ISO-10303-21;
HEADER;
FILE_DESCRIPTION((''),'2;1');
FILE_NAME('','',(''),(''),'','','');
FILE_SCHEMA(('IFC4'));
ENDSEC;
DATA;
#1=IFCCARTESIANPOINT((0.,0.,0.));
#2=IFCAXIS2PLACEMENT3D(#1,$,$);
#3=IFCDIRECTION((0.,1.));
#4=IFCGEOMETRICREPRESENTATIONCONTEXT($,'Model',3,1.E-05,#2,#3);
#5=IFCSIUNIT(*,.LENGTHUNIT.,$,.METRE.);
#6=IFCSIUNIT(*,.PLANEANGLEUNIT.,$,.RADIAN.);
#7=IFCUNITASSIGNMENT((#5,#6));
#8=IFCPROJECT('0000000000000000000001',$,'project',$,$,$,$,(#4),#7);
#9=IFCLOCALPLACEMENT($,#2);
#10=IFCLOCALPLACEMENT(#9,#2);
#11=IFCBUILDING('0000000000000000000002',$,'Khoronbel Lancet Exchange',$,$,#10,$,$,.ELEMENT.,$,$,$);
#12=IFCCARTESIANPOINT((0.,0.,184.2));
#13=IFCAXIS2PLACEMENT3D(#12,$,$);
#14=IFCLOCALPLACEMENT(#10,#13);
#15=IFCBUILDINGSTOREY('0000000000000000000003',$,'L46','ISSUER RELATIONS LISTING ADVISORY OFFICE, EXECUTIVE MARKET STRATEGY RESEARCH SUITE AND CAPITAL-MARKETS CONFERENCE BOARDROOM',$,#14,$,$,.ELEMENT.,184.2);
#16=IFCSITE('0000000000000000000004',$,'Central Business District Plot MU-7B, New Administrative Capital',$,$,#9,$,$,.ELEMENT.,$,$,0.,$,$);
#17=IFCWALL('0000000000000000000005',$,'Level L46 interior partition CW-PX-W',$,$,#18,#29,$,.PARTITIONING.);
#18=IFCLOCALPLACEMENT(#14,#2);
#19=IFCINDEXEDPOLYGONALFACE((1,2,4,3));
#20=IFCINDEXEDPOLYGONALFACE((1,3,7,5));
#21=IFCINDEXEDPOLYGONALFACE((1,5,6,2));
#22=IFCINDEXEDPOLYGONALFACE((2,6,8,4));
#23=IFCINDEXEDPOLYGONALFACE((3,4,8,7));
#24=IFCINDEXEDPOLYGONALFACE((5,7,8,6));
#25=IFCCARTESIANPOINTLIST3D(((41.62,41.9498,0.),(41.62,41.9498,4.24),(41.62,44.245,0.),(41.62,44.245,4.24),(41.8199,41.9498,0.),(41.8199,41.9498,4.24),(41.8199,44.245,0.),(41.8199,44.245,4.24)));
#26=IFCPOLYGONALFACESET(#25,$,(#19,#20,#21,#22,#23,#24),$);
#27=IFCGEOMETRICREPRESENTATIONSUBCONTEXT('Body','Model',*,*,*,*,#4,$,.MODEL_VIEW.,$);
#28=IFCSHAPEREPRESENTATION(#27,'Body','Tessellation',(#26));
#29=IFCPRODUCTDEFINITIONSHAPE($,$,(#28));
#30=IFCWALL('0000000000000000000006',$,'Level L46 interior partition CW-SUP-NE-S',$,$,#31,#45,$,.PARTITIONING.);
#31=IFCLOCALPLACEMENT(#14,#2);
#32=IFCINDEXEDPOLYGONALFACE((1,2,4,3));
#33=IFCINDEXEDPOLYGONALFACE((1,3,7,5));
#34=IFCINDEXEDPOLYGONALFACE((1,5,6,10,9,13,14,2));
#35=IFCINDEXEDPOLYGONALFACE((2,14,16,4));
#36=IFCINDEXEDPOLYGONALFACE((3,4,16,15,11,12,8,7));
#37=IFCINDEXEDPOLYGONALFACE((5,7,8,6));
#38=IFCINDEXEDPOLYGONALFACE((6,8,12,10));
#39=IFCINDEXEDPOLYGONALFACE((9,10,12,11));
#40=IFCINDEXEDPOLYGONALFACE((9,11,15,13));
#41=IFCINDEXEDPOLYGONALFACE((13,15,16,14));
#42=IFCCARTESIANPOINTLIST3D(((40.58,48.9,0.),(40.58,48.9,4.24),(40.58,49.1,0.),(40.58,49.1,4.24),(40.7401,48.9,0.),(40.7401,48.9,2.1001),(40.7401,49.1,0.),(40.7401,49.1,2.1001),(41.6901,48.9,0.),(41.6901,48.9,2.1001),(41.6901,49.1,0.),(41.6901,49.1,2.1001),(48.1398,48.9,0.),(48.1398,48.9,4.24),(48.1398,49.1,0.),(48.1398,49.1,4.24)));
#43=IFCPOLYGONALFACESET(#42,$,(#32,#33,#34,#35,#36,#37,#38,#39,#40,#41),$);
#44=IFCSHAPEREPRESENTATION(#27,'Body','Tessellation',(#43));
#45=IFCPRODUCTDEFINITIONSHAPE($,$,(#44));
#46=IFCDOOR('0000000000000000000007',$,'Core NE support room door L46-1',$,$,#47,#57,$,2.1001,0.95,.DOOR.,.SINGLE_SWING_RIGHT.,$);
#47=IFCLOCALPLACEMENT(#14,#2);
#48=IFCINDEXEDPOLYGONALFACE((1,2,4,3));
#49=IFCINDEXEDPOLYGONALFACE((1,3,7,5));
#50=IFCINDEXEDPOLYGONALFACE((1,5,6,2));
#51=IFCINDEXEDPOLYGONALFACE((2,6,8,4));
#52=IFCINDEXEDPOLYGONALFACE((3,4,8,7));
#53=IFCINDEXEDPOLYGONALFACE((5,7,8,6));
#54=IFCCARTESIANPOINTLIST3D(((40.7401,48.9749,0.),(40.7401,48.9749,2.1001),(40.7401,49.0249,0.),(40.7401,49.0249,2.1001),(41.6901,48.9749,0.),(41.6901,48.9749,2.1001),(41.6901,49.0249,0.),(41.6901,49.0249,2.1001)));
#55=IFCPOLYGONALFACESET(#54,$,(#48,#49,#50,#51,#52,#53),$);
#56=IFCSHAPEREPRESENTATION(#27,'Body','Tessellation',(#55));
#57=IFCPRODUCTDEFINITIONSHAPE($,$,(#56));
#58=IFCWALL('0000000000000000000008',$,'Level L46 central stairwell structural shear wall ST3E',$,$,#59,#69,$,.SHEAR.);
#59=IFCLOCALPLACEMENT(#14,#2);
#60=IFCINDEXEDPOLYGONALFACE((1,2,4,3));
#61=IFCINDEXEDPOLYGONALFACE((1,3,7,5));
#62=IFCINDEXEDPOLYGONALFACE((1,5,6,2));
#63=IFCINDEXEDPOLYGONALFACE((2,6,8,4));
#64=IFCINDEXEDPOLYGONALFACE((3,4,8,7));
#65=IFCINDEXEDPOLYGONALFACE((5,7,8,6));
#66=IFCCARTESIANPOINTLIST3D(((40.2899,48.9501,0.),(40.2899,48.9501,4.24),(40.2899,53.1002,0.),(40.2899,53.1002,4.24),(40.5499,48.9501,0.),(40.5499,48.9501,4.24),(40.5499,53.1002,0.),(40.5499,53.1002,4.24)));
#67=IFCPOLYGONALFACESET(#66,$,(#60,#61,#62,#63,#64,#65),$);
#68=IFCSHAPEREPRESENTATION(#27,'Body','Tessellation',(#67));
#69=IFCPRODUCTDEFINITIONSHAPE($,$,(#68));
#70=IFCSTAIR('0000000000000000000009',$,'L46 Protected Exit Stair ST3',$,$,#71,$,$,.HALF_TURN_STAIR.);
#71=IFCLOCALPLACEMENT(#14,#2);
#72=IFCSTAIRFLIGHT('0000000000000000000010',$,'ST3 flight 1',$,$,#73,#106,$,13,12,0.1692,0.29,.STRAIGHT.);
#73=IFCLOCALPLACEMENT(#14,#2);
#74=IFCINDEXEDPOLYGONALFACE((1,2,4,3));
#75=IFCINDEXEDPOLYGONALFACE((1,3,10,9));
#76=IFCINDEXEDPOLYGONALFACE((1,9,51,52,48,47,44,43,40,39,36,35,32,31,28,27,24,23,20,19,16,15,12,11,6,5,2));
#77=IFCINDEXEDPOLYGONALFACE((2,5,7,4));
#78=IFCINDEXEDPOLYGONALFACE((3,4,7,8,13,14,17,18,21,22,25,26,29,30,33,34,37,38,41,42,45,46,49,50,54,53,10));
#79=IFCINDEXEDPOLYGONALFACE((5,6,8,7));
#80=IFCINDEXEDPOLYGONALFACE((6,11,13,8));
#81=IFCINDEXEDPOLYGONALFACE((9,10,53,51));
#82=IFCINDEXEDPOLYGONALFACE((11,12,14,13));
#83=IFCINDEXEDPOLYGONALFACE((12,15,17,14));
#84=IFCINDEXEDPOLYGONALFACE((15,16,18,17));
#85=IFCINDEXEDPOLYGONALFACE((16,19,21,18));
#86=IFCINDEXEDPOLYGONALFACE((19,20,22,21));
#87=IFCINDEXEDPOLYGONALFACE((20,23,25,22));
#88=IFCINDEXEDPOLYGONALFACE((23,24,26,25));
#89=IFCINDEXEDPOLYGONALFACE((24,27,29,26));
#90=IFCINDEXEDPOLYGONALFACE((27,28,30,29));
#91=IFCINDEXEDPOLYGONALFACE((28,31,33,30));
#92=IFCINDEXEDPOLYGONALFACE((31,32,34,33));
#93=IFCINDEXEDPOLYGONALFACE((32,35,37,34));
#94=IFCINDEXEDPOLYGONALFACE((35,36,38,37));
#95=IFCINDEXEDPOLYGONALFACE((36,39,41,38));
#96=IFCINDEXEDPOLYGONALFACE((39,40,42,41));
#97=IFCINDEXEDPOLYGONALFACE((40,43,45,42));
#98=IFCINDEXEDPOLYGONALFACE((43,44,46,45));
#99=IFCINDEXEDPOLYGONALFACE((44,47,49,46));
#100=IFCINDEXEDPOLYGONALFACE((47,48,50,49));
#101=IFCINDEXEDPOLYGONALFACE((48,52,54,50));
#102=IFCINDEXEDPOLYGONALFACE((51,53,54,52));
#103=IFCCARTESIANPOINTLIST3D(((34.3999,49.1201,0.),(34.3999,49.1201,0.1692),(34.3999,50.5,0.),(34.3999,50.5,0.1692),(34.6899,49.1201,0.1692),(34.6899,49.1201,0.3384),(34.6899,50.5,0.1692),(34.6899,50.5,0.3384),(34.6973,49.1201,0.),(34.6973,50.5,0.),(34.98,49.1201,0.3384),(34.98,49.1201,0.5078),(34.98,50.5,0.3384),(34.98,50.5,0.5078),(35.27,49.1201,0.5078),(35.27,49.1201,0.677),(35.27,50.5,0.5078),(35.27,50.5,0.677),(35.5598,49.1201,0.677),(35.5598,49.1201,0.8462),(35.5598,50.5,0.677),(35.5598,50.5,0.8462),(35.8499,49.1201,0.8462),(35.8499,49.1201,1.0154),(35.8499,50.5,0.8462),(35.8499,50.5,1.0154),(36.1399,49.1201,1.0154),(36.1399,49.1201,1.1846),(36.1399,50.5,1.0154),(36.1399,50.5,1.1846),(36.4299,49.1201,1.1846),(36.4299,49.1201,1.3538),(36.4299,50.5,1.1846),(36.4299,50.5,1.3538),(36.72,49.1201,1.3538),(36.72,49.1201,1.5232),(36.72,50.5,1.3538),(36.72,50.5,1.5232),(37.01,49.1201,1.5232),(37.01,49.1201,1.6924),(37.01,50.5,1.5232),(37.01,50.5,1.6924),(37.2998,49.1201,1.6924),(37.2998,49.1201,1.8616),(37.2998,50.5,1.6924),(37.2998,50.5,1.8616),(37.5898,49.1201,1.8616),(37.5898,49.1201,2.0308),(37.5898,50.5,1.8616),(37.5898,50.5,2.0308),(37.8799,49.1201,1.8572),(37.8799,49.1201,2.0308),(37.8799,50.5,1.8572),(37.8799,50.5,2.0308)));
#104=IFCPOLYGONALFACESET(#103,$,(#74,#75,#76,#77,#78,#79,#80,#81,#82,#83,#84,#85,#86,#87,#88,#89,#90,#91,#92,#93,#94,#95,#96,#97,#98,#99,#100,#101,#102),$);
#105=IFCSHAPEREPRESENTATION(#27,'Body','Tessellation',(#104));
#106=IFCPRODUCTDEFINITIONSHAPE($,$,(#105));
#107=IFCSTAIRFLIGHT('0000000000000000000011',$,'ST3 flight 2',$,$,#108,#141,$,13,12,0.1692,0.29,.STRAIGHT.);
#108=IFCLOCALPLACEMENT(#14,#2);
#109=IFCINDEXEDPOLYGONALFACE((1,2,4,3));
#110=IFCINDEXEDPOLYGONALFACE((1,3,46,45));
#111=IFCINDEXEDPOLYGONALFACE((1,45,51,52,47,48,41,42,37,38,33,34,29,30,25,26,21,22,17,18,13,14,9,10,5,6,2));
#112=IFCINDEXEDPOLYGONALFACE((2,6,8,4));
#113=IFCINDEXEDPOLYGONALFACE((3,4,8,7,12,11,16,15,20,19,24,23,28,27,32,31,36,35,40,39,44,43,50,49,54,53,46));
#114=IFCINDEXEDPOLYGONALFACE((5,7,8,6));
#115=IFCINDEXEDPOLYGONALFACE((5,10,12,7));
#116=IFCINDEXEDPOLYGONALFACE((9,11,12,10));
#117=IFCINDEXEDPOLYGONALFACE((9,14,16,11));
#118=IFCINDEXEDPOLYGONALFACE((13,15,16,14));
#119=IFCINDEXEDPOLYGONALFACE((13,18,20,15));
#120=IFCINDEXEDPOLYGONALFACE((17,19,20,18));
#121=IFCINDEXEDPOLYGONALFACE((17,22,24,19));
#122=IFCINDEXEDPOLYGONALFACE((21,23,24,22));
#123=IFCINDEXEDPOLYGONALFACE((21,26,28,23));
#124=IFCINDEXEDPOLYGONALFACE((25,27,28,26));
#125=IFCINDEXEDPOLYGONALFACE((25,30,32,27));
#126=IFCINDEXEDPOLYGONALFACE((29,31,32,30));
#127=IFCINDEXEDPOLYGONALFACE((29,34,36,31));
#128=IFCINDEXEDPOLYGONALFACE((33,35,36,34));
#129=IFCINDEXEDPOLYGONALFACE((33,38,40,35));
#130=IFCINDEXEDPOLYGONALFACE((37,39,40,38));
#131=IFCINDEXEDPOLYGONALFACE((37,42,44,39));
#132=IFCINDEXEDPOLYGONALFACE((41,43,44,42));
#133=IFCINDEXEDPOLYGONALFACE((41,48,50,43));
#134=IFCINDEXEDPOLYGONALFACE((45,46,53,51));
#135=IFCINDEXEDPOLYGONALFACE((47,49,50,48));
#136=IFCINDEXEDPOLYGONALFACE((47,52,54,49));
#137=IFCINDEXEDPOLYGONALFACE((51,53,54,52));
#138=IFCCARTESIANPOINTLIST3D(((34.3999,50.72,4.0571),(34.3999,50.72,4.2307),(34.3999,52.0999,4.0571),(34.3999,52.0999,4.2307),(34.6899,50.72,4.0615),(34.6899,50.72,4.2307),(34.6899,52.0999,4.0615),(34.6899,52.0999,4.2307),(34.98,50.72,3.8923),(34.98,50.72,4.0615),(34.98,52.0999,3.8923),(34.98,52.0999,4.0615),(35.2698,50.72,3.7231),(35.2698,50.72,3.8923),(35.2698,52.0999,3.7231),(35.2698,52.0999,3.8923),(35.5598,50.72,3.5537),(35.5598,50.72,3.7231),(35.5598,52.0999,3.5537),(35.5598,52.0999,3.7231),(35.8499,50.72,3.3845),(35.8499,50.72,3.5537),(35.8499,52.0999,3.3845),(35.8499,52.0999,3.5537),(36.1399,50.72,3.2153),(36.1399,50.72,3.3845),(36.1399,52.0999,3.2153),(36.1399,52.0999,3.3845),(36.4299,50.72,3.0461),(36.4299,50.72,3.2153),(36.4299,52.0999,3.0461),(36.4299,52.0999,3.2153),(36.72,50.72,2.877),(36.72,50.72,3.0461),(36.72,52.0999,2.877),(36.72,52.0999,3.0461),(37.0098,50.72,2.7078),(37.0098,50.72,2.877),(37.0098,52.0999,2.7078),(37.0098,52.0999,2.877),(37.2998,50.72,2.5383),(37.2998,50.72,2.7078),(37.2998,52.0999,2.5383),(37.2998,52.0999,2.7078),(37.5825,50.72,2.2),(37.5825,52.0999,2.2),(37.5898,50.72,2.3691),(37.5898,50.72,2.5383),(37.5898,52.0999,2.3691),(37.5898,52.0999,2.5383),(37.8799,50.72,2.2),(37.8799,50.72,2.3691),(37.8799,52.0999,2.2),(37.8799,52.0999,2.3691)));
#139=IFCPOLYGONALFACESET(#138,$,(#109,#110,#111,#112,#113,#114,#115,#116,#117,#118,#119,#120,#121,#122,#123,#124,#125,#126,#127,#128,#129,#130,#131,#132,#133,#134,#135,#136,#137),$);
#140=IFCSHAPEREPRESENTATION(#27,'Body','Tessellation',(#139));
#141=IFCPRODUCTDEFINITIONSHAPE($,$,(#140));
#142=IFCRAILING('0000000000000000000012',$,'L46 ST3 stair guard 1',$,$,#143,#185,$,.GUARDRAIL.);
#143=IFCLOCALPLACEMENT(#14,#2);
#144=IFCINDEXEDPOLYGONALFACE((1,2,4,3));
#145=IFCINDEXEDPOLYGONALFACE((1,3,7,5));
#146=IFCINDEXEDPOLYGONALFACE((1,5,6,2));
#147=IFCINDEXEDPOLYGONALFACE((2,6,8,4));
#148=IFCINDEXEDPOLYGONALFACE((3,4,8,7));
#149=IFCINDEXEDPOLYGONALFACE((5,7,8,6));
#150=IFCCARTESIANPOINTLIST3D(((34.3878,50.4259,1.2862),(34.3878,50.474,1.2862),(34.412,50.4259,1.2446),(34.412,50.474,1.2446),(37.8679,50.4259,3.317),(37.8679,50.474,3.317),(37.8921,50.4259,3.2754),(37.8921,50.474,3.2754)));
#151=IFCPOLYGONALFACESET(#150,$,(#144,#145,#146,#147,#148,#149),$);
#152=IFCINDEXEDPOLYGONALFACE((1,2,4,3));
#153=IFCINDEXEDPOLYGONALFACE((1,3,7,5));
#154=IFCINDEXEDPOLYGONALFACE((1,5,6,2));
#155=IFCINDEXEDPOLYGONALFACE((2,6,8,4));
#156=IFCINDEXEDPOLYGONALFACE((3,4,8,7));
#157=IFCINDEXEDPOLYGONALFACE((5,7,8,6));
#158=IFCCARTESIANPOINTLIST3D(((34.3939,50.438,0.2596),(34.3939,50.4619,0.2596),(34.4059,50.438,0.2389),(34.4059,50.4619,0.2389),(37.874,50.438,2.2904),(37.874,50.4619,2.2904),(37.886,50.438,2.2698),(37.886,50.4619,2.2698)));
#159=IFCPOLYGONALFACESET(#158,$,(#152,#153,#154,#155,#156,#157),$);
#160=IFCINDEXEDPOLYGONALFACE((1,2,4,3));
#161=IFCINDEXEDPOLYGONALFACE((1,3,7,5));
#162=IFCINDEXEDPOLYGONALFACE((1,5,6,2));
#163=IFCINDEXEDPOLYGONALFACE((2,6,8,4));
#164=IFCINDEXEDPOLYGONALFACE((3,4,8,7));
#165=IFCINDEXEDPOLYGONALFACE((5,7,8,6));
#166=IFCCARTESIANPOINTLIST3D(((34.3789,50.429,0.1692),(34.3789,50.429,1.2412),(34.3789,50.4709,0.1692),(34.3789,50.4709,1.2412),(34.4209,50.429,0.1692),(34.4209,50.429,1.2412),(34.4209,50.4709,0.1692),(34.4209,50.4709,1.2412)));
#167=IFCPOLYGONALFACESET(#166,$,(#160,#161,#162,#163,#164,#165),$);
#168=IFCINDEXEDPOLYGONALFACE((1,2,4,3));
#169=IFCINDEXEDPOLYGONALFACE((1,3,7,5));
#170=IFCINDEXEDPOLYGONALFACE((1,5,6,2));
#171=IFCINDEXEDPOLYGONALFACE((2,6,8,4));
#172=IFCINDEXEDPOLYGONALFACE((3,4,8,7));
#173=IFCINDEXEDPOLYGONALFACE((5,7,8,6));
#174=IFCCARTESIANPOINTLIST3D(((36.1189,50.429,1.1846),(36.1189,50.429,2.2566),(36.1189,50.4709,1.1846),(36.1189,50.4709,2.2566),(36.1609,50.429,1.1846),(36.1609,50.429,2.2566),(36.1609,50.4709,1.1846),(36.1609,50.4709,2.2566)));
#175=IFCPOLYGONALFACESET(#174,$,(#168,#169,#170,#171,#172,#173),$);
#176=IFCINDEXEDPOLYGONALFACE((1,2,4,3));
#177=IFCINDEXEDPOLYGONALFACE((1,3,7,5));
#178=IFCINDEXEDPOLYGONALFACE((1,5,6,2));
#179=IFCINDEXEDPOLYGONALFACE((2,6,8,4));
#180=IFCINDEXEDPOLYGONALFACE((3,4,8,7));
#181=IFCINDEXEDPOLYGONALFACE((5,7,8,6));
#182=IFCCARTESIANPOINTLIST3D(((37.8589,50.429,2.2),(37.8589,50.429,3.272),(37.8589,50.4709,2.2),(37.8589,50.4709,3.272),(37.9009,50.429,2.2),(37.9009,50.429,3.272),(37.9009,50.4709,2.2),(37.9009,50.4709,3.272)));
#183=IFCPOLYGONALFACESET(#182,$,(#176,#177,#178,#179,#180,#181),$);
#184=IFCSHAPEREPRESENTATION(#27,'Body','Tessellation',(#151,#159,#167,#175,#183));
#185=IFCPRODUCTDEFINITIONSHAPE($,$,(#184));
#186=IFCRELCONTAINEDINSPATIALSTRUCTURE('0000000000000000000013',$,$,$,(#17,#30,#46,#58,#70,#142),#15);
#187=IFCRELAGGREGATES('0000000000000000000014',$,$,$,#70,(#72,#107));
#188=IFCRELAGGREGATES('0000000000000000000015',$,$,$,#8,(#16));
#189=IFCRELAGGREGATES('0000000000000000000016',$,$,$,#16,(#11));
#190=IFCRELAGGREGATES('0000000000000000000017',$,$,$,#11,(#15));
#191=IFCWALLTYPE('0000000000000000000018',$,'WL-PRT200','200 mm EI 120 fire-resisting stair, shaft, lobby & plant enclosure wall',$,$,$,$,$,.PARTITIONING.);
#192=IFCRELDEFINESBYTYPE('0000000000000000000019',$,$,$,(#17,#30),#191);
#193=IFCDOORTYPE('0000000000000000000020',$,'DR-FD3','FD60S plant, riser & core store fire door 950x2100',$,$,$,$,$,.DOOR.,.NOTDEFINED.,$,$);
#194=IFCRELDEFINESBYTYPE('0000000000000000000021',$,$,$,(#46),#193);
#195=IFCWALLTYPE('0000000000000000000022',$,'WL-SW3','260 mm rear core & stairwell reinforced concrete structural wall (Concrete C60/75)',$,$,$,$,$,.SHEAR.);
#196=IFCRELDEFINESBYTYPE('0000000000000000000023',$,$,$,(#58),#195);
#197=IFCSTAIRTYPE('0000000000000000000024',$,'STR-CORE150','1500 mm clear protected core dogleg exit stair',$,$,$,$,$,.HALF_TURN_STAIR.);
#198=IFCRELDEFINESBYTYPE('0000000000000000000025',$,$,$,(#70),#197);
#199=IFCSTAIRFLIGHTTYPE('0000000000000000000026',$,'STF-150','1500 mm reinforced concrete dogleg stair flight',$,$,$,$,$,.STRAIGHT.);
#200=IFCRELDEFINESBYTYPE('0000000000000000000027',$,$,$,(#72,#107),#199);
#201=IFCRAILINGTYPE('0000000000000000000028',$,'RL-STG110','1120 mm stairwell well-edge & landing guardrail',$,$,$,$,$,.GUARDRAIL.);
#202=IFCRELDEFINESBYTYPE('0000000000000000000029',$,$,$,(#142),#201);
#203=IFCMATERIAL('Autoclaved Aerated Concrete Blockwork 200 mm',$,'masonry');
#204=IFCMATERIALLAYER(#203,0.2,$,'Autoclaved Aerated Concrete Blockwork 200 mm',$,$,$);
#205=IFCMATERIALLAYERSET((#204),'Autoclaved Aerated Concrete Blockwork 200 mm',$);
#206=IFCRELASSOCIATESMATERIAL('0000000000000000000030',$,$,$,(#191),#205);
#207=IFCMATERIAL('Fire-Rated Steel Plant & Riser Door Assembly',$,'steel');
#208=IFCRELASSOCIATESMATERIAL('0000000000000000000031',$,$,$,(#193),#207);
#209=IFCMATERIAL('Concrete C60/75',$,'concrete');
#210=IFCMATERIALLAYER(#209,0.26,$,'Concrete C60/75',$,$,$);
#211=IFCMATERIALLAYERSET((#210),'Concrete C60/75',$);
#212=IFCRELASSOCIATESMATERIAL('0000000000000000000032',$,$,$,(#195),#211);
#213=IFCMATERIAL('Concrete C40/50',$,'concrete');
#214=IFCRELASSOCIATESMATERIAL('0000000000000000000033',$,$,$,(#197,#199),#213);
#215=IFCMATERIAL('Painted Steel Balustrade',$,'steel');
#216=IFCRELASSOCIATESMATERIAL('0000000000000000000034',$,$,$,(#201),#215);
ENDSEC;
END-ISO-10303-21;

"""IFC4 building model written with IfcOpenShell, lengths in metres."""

from ifc_helpers import new_model, si_unit, direction, frame, frame_2d, origin, origin_2d, place, context, subcontext, project, spatial, polyline, rectangle, outline, extrude, material, layer, layer_set, type_object, element, fill, aggregate, save


model = new_model("IFC4")

# Units and contexts
model_context = context("Model", 3, precision=1e-05, world=origin(), true_north=direction((0.0, 1.0)))
body_context = subcontext(model_context, "Body", "Model", "MODEL_VIEW")
ifc_project = project(units=[si_unit("LENGTHUNIT", "METRE"), si_unit("PLANEANGLEUNIT", "RADIAN")], contexts=[model_context])

# Site, building, storey
site_placement = place(None, origin())
site = spatial("IfcSite", under=ifc_project, at=site_placement, Name="Central Business District Plot MU-7B, New Administrative Capital", CompositionType="ELEMENT", RefElevation=0.0)
building_placement = place(site_placement, origin())
building = spatial("IfcBuilding", under=site, at=building_placement, Name="Khoronbel Lancet Exchange", CompositionType="ELEMENT")
storey_placement = place(building_placement, frame((0.0, 0.0, 184.2)))
storey = spatial("IfcBuildingStorey", under=building, at=storey_placement, Name="L46", Description="ISSUER RELATIONS LISTING ADVISORY OFFICE, EXECUTIVE MARKET STRATEGY RESEARCH SUITE AND CAPITAL-MARKETS CONFERENCE BOARDROOM", CompositionType="ELEMENT", Elevation=184.2)

# Shared definitions
ifc_material_1 = material(Name="Concrete C60/75", Category="concrete")

# Wall
ifc_material_2 = material(Name="Autoclaved Aerated Concrete Blockwork 200 mm", Category="masonry")
ifc_layer_1 = layer(ifc_material_2, 0.2, Name="Autoclaved Aerated Concrete Blockwork 200 mm")
ifc_layer_set_1 = layer_set([ifc_layer_1], Name="Autoclaved Aerated Concrete Blockwork 200 mm")
wall_type_1 = type_object("IfcWallType", Name="WL-PRT200", Description="200 mm EI 120 fire-resisting stair, shaft, lobby & plant enclosure wall", PredefinedType="PARTITIONING", material=ifc_layer_set_1)
wall_1_placement = place(storey_placement, frame((41.72, 41.95, 0.0), z_axis=(0.0, 0.0, 1.0), x_axis=(0.0, 1.0, 0.0)))
element("IfcWall", 1, at=wall_1_placement, inside=storey, type_object=wall_type_1, Name="Level L46 interior partition CW-PX-W", PredefinedType="PARTITIONING", context=body_context, shape_type="SweptSolid", body=[
    extrude(rectangle(XDim=2.2952, YDim=0.2, at=frame_2d((1.1475, 0.0))), origin(), (0.0, 0.0, 1.0), 4.24),
])

# Wall, opening, door
wall_2_placement = place(storey_placement, frame((40.5801, 49.0, 0.0), z_axis=(0.0, 0.0, 1.0), x_axis=(1.0, 0.0, 0.0)))
wall_2 = element("IfcWall", 2, at=wall_2_placement, inside=storey, type_object=wall_type_1, Name="Level L46 interior partition CW-SUP-NE-S", PredefinedType="PARTITIONING", context=body_context, shape_type="SweptSolid", body=[
    extrude(rectangle(XDim=7.5598, YDim=0.2, at=frame_2d((3.7798, 0.0))), origin(), (0.0, 0.0, 1.0), 4.24),
])
opening_1_placement = place(wall_2_placement, frame((0.1599, 0.0, 0.0)))
opening_1 = element("IfcOpeningElement", 3, at=opening_1_placement, cuts=wall_2, PredefinedType="OPENING", context=body_context, shape_type="SweptSolid", body=[
    extrude(rectangle(XDim=0.95, YDim=2.1001, at=frame_2d((0.4751, 1.05))), frame((0.0, 0.1099, 0.0), z_axis=(0.0, -1.0, 0.0), x_axis=(1.0, 0.0, 0.0)), (0.0, 0.0, 1.0), 0.22),
])
ifc_material_3 = material(Name="Fire-Rated Steel Plant & Riser Door Assembly", Category="steel")
door_type_1 = type_object("IfcDoorType", Name="DR-FD3", Description="FD60S plant, riser & core store fire door 950x2100", OperationType="NOTDEFINED", PredefinedType="DOOR", material=ifc_material_3)
door_1_placement = place(opening_1_placement, origin())
door_1 = element("IfcDoor", 4, at=door_1_placement, inside=storey, type_object=door_type_1, Name="Core NE support room door L46-1", OperationType="SINGLE_SWING_RIGHT", OverallHeight=2.1001, OverallWidth=0.95, PredefinedType="DOOR", context=body_context, shape_type="SweptSolid", body=[
    extrude(rectangle(XDim=0.95, YDim=2.1001, at=frame_2d((0.4751, 1.05))), frame((0.0, 0.0249, 0.0), z_axis=(0.0, -1.0, 0.0), x_axis=(1.0, 0.0, 0.0)), (0.0, 0.0, 1.0), 0.05),
])
fill(opening_1, door_1)

# Wall
ifc_layer_2 = layer(ifc_material_1, 0.26, Name="Concrete C60/75")
ifc_layer_set_2 = layer_set([ifc_layer_2], Name="Concrete C60/75")
wall_type_2 = type_object("IfcWallType", Name="WL-SW3", Description="260 mm rear core & stairwell reinforced concrete structural wall (Concrete C60/75)", PredefinedType="SHEAR", material=ifc_layer_set_2)
wall_3_placement = place(storey_placement, frame((40.4199, 48.95, 0.0), z_axis=(0.0, 0.0, 1.0), x_axis=(0.0, 1.0, 0.0)))
element("IfcWall", 5, at=wall_3_placement, inside=storey, type_object=wall_type_2, Name="Level L46 central stairwell structural shear wall ST3E", PredefinedType="SHEAR", context=body_context, shape_type="SweptSolid", body=[
    extrude(rectangle(XDim=4.1501, YDim=0.26, at=frame_2d((2.0752, 0.0))), origin(), (0.0, 0.0, 1.0), 4.24),
])

# Stair, stair flights
ifc_material_4 = material(Name="Concrete C40/50", Category="concrete")
stair_type = type_object("IfcStairType", Name="STR-CORE150", Description="1500 mm clear protected core dogleg exit stair", PredefinedType="HALF_TURN_STAIR", material=ifc_material_4)
stair_placement = place(storey_placement, origin())
stair = element("IfcStair", 6, at=stair_placement, inside=storey, type_object=stair_type, Name="L46 Protected Exit Stair ST3", PredefinedType="HALF_TURN_STAIR")
stair_flight_type = type_object("IfcStairFlightType", Name="STF-150", Description="1500 mm reinforced concrete dogleg stair flight", PredefinedType="STRAIGHT", material=ifc_material_4)
stair_flight_1_placement = place(storey_placement, frame((34.3999, 49.8101, 0.0), z_axis=(0.0, 0.0, 1.0), x_axis=(1.0, 0.0, 0.0)))
stair_flight_1 = element("IfcStairFlight", 7, at=stair_flight_1_placement, type_object=stair_flight_type, Name="ST3 flight 1", NumberOfRisers=13, NumberOfTreads=12, PredefinedType="STRAIGHT", RiserHeight=0.1692, TreadLength=0.29, context=body_context, shape_type="SweptSolid", body=[
    extrude(outline(polyline([(0.0, 0.0), (0.0, 0.1692), (0.29, 0.1692), (0.29, 0.3384), (0.5801, 0.3384), (0.5801, 0.5078), (0.8701, 0.5078), (0.8701, 0.677), (1.1599, 0.677), (1.1599, 0.8462), (1.45, 0.8462), (1.45, 1.0154), (1.74, 1.0154), (1.74, 1.1846), (2.03, 1.1846), (2.03, 1.3538), (2.3201, 1.3538), (2.3201, 1.5232), (2.6101, 1.5232), (2.6101, 1.6924), (2.8999, 1.6924), (2.8999, 1.8616), (3.1899, 1.8616), (3.1899, 2.0308), (3.48, 2.0308), (3.48, 2.2), (3.48, 1.8572), (0.2974, 0.0), (0.0, 0.0)])), frame((0.0, 0.6899, 0.0), z_axis=(0.0, -1.0, 0.0), x_axis=(1.0, 0.0, 0.0)), (0.0, 0.0, 1.0), 1.3799),
])
stair_flight_2_placement = place(storey_placement, frame((37.8799, 51.4099, 2.2), z_axis=(0.0, 0.0, 1.0), x_axis=(-1.0, 0.0, 0.0)))
stair_flight_2 = element("IfcStairFlight", 8, at=stair_flight_2_placement, type_object=stair_flight_type, Name="ST3 flight 2", NumberOfRisers=13, NumberOfTreads=12, PredefinedType="STRAIGHT", RiserHeight=0.1692, TreadLength=0.29, context=body_context, shape_type="SweptSolid", body=[
    extrude(outline(polyline([(0.0, 0.0), (0.0, 0.1692), (0.29, 0.1692), (0.29, 0.3384), (0.5801, 0.3384), (0.5801, 0.5078), (0.8701, 0.5078), (0.8701, 0.677), (1.1599, 0.677), (1.1599, 0.8462), (1.45, 0.8462), (1.45, 1.0154), (1.74, 1.0154), (1.74, 1.1846), (2.03, 1.1846), (2.03, 1.3538), (2.3201, 1.3538), (2.3201, 1.5232), (2.6101, 1.5232), (2.6101, 1.6924), (2.8999, 1.6924), (2.8999, 1.8616), (3.1899, 1.8616), (3.1899, 2.0308), (3.48, 2.0308), (3.48, 2.2), (3.48, 1.8572), (0.2974, 0.0), (0.0, 0.0)])), frame((0.0, 0.6899, 0.0), z_axis=(0.0, -1.0, 0.0), x_axis=(1.0, 0.0, 0.0)), (0.0, 0.0, 1.0), 1.3799),
])
aggregate(stair, [stair_flight_1, stair_flight_2])

# Railing
ifc_material_5 = material(Name="Painted Steel Balustrade", Category="steel")
railing_type_1 = type_object("IfcRailingType", Name="RL-STG110", Description="1120 mm stairwell well-edge & landing guardrail", PredefinedType="GUARDRAIL", material=ifc_material_5)
railing_1_placement = place(storey_placement, frame((34.3999, 50.45, 0.1692)))
element("IfcRailing", 9, at=railing_1_placement, inside=storey, type_object=railing_type_1, Name="L46 ST3 stair guard 1", PredefinedType="GUARDRAIL", context=body_context, shape_type="SweptSolid", body=[
    extrude(rectangle(XDim=0.0481, YDim=0.0481, at=origin_2d()), frame((0.0, 0.0, 1.0962), z_axis=(0.863695, 0.0, 0.504014), x_axis=(0.0, 1.0, 0.0)), (0.0, 0.0, 1.0), 4.0293),
    extrude(rectangle(XDim=0.0239, YDim=0.0239, at=origin_2d()), frame((0.0, 0.0, 0.0801), z_axis=(0.863695, 0.0, 0.504014), x_axis=(0.0, 1.0, 0.0)), (0.0, 0.0, 1.0), 4.0293),
    extrude(rectangle(XDim=0.042, YDim=0.042, at=origin_2d()), origin(), (0.0, 0.0, 1.0), 1.072),
    extrude(rectangle(XDim=0.042, YDim=0.042, at=origin_2d()), frame((1.74, 0.0, 1.0154)), (0.0, 0.0, 1.0), 1.072),
    extrude(rectangle(XDim=0.042, YDim=0.042, at=origin_2d()), frame((3.48, 0.0, 2.0308)), (0.0, 0.0, 1.0), 1.072),
])

save(model, "model.ifc")
